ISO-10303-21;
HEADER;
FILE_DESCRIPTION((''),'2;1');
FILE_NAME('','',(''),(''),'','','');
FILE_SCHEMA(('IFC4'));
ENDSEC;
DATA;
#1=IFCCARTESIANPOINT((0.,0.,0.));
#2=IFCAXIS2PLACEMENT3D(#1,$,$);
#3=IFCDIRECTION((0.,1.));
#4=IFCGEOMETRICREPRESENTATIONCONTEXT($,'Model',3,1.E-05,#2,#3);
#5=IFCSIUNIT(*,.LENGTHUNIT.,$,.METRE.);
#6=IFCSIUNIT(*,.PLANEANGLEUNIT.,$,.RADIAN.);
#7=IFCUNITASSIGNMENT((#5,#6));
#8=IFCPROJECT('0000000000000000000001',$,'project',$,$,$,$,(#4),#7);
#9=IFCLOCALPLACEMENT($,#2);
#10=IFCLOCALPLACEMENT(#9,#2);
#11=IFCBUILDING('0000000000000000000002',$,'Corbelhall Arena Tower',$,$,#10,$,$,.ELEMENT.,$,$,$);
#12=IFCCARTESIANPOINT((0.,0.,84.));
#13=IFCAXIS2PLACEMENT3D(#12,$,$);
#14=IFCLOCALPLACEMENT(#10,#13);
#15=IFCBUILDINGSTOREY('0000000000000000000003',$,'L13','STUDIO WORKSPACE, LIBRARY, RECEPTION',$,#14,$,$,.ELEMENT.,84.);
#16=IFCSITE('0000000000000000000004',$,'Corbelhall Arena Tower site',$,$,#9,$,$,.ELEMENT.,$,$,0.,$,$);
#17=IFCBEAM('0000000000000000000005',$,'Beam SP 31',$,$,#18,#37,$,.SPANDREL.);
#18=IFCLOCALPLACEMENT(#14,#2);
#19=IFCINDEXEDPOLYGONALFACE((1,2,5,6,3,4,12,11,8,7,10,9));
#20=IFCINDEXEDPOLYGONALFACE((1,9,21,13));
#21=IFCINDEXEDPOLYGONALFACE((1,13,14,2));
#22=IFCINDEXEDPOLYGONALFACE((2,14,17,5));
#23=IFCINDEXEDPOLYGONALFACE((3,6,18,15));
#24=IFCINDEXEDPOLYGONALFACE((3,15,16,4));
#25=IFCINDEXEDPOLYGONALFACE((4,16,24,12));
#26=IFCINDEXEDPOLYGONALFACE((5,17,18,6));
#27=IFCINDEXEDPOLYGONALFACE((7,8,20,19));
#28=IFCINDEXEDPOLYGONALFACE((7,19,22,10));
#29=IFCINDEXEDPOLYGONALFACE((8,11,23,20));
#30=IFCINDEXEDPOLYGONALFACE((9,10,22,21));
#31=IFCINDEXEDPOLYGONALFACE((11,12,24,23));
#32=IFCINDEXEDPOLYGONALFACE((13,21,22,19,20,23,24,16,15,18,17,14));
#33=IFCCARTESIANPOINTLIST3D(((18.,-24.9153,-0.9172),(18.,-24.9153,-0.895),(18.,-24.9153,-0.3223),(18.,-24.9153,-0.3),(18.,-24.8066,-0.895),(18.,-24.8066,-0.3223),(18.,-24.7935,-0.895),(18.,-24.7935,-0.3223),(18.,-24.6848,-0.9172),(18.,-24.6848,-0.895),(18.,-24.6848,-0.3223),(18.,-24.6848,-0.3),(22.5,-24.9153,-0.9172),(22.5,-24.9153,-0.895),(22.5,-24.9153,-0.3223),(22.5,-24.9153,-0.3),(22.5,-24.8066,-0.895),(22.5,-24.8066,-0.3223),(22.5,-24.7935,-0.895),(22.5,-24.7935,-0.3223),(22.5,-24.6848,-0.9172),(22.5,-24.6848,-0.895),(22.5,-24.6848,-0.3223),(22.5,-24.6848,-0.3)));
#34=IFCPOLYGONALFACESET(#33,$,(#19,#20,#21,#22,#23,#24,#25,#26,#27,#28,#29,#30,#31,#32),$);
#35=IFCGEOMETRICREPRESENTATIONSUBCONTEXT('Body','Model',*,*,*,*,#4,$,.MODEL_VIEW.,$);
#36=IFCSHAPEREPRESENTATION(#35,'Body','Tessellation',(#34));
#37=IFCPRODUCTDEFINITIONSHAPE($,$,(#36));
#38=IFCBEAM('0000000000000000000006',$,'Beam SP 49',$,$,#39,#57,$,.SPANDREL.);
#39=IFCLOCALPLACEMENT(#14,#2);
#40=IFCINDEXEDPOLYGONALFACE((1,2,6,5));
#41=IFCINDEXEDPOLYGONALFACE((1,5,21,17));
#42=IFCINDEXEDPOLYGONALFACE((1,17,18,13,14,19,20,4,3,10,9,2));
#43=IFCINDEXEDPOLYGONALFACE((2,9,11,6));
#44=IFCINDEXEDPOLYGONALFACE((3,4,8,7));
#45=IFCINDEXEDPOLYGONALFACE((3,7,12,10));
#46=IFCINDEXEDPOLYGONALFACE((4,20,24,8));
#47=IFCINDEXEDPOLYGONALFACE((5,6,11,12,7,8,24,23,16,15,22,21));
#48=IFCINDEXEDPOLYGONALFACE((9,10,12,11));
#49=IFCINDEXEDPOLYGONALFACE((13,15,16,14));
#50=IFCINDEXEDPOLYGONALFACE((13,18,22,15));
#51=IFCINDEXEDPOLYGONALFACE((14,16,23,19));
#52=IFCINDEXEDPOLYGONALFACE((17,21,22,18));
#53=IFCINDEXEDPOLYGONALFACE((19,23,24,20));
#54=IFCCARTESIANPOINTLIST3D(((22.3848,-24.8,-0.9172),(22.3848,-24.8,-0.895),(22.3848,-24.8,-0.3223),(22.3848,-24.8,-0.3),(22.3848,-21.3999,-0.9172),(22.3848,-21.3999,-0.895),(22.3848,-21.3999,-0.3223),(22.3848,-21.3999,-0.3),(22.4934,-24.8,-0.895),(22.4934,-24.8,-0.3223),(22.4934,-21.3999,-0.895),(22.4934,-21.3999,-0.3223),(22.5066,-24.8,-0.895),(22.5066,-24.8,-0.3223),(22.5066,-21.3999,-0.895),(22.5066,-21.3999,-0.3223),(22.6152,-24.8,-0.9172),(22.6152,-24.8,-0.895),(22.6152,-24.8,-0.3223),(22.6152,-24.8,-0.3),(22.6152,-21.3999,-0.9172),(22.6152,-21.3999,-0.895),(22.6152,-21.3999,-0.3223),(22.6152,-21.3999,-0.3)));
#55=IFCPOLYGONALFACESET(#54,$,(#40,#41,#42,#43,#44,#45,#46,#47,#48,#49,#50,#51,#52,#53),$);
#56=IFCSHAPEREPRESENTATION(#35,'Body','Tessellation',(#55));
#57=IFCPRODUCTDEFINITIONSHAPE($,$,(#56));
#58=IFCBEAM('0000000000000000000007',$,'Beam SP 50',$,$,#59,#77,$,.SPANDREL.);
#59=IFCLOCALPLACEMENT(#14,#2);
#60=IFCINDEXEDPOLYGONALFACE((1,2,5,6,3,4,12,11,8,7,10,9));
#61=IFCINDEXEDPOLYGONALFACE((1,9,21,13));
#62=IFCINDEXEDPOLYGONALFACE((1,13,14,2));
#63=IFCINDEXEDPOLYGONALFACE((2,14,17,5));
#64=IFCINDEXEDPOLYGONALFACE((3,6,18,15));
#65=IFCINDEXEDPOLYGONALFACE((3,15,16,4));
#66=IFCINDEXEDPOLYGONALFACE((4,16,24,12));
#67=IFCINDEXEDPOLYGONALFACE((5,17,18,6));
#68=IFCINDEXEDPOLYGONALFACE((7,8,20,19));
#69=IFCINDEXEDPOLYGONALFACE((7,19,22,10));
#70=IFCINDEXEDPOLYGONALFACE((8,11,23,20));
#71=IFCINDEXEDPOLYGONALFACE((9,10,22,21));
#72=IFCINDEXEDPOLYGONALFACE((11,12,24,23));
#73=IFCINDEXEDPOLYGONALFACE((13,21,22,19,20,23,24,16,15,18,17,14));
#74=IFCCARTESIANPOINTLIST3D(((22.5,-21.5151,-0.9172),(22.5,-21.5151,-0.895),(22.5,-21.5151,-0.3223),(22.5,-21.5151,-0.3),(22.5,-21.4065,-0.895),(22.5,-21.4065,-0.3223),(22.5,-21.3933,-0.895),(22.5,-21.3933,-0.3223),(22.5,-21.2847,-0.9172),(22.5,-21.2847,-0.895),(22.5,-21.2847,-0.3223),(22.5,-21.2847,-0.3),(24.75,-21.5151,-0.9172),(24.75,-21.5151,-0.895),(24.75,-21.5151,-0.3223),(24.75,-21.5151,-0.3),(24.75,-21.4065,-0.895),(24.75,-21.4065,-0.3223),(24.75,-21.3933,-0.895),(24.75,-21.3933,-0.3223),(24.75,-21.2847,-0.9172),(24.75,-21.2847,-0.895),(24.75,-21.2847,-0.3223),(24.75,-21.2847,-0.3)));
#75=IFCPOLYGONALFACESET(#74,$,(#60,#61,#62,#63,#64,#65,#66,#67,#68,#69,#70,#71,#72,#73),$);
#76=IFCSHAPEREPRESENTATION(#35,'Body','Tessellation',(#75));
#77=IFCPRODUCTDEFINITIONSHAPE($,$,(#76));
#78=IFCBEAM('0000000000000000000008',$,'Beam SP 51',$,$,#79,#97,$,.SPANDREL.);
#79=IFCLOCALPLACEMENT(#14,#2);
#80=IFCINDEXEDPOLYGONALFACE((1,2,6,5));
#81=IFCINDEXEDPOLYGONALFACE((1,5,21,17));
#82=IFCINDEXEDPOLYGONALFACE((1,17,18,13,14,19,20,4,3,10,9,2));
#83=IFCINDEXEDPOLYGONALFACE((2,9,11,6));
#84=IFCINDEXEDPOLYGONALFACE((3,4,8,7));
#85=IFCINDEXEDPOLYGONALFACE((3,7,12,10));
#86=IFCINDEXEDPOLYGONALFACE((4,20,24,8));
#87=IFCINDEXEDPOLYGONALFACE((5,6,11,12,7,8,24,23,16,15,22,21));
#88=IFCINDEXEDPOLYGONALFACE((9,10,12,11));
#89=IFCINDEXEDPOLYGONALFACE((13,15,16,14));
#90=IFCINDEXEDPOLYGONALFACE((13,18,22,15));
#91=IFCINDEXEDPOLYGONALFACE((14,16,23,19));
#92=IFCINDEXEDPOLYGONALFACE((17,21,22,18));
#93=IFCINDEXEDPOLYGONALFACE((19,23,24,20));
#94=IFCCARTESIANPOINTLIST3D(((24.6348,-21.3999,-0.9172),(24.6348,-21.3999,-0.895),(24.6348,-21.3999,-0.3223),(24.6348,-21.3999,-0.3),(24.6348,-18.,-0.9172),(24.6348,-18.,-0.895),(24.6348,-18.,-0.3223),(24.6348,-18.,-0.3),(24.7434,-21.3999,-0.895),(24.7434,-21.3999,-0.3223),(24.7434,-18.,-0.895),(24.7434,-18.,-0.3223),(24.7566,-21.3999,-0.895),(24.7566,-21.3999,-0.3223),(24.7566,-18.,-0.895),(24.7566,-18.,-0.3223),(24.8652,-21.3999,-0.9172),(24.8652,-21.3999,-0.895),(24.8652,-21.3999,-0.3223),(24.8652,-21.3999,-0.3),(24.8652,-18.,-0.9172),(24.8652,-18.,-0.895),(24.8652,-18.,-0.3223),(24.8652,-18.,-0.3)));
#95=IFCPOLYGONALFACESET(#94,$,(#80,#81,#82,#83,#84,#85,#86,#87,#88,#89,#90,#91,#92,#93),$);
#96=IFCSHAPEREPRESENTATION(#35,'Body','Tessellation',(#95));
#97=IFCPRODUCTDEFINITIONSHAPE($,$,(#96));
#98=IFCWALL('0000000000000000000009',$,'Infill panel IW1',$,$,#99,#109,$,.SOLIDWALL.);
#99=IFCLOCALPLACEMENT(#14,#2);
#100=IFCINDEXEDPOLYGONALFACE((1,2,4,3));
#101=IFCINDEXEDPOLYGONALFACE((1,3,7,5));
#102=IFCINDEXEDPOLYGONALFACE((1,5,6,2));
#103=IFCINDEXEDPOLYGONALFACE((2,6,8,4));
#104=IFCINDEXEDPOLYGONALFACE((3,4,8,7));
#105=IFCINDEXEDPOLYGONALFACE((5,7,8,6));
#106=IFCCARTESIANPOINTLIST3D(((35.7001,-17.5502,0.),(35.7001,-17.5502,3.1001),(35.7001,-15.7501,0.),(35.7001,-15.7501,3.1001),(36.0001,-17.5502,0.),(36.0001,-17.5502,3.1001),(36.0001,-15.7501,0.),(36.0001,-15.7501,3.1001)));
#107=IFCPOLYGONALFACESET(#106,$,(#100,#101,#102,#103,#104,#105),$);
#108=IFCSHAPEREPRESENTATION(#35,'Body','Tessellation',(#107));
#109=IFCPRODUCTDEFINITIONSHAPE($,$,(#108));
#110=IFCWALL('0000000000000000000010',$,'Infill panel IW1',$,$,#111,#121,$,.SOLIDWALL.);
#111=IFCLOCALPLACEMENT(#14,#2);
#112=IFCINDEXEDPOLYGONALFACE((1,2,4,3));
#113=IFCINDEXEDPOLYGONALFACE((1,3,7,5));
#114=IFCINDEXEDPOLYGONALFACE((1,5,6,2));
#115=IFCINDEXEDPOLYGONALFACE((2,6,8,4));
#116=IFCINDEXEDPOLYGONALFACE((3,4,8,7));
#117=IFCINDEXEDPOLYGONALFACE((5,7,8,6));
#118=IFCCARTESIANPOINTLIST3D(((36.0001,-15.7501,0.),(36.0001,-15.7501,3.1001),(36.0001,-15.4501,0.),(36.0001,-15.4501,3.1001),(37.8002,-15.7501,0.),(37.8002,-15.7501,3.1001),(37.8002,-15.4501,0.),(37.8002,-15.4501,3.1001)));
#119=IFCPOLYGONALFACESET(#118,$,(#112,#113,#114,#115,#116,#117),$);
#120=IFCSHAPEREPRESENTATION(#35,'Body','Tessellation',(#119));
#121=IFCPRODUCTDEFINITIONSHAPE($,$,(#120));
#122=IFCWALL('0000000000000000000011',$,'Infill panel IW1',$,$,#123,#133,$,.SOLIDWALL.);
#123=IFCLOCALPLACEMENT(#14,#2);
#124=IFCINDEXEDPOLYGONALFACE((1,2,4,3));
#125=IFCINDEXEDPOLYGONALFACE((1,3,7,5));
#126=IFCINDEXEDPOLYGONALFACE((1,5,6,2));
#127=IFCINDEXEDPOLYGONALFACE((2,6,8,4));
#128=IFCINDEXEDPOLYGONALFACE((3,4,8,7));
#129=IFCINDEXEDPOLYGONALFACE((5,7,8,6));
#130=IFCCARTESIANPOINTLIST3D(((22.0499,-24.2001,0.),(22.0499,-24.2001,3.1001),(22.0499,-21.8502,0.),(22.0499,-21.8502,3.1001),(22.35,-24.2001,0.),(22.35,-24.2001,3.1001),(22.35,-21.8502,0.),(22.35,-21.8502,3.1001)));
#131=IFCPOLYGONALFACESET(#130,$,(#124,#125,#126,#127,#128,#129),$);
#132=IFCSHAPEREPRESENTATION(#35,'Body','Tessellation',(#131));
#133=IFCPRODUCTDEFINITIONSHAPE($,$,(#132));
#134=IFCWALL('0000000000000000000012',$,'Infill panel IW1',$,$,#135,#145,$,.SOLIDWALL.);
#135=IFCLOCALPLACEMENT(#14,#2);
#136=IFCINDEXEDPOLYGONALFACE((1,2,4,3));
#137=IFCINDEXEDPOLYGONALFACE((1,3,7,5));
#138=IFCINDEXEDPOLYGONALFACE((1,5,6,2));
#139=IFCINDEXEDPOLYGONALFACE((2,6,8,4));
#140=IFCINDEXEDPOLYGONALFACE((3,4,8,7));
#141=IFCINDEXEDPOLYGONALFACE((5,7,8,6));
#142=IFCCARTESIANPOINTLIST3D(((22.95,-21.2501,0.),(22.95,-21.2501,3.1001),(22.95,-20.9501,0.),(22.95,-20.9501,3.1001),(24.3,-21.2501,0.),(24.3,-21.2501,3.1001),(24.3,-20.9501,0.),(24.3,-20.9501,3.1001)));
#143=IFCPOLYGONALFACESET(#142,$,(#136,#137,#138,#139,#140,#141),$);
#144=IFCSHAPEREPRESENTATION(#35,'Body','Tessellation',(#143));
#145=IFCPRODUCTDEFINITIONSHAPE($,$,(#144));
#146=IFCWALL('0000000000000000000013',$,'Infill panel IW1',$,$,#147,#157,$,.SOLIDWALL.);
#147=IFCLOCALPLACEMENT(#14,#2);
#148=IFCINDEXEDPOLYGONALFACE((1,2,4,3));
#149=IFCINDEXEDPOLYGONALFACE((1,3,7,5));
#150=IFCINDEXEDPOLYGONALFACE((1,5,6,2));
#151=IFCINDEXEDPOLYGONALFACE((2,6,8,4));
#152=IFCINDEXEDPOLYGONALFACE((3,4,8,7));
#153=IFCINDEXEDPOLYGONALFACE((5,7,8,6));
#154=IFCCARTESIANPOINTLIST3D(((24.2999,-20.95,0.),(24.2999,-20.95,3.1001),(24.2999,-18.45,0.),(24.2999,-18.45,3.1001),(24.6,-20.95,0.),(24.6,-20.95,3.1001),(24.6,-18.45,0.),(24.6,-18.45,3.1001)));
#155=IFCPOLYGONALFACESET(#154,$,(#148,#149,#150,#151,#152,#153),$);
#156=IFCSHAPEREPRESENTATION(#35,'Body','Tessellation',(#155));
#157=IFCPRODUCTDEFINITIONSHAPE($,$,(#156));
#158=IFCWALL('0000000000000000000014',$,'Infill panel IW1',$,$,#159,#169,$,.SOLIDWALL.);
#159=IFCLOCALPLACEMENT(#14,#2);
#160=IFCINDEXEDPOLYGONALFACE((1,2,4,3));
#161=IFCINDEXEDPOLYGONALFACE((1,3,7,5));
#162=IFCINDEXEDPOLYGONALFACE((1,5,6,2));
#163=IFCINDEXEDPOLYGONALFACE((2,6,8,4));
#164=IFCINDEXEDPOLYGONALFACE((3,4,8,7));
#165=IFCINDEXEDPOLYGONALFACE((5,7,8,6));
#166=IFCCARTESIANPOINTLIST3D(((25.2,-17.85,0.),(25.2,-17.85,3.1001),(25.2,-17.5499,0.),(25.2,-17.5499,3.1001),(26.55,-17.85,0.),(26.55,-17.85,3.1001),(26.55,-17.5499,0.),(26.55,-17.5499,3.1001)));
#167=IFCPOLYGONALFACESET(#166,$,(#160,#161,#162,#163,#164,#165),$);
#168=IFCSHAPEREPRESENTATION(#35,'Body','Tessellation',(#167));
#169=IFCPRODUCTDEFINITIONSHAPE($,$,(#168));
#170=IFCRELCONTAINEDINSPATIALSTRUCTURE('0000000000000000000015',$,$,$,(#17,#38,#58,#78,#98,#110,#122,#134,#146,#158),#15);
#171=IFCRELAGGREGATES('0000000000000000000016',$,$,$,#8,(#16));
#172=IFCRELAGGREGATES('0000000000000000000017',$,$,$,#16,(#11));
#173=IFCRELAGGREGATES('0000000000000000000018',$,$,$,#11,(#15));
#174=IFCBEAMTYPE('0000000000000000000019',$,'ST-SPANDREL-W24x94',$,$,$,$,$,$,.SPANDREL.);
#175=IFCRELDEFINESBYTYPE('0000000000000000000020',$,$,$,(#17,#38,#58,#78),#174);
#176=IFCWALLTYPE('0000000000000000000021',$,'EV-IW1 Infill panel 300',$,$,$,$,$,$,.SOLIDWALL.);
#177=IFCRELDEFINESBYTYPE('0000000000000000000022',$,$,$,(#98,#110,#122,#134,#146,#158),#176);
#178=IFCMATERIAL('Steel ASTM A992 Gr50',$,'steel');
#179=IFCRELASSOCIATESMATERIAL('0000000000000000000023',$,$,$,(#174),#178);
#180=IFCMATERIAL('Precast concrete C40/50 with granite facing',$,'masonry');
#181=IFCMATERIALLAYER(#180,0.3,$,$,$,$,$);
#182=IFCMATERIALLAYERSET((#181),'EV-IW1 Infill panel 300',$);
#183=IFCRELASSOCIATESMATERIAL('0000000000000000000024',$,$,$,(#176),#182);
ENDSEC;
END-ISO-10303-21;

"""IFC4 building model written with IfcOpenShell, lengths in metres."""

from ifc_helpers import new_model, si_unit, direction, frame, frame_2d, origin, origin_2d, place, context, subcontext, project, spatial, rectangle, i_section, extrude, material, layer, layer_set, material_profile, profile_set, type_object, element, save


model = new_model("IFC4")

# Units and contexts
model_context = context("Model", 3, precision=1e-05, world=origin(), true_north=direction((0.0, 1.0)))
body_context = subcontext(model_context, "Body", "Model", "MODEL_VIEW")
ifc_project = project(units=[si_unit("LENGTHUNIT", "METRE"), si_unit("PLANEANGLEUNIT", "RADIAN")], contexts=[model_context])

# Site, building, storey
site_placement = place(None, origin())
site = spatial("IfcSite", under=ifc_project, at=site_placement, Name="Corbelhall Arena Tower site", CompositionType="ELEMENT", RefElevation=0.0)
building_placement = place(site_placement, origin())
building = spatial("IfcBuilding", under=site, at=building_placement, Name="Corbelhall Arena Tower", CompositionType="ELEMENT")
storey_placement = place(building_placement, frame((0.0, 0.0, 84.0)))
storey = spatial("IfcBuildingStorey", under=building, at=storey_placement, Name="L13", Description="STUDIO WORKSPACE, LIBRARY, RECEPTION", CompositionType="ELEMENT", Elevation=84.0)

# Beams
ifc_material_1 = material(Name="Steel ASTM A992 Gr50", Category="steel")
ifc_material_profile_1 = material_profile(ifc_material_1, i_section(OverallWidth=0.2305, OverallDepth=0.6172, WebThickness=0.0132, FlangeThickness=0.0222, at=origin_2d()))
ifc_profile_set_1 = profile_set([ifc_material_profile_1], Name="Steel ASTM A992 Gr50")
beam_type = type_object("IfcBeamType", Name="ST-SPANDREL-W24x94", PredefinedType="SPANDREL", material=ifc_profile_set_1)
for number, where, z_axis, x_axis, name in (
    (1, (22.5, -24.8, -0.6086), (-1.0, 0.0, 0.0), (0.0, -1.0, 0.0), "Beam SP 31"),
):
    element("IfcBeam", number, at=place(storey_placement, frame(where, z_axis=z_axis, x_axis=x_axis)), inside=storey, type_object=beam_type, Name=name, PredefinedType="SPANDREL", context=body_context, shape_type="SweptSolid", body=[
        extrude(i_section(OverallWidth=0.2305, OverallDepth=0.6172, WebThickness=0.0132, FlangeThickness=0.0222, at=origin_2d()), origin(), (0.0, 0.0, 1.0), 4.5),
    ])
beam_1_placement = place(storey_placement, frame((22.5, -21.3999, -0.6086), z_axis=(0.0, -1.0, 0.0), x_axis=(1.0, 0.0, 0.0)))
element("IfcBeam", 2, at=beam_1_placement, inside=storey, type_object=beam_type, Name="Beam SP 49", PredefinedType="SPANDREL", context=body_context, shape_type="SweptSolid", body=[
    extrude(i_section(OverallWidth=0.2305, OverallDepth=0.6172, WebThickness=0.0132, FlangeThickness=0.0222, at=origin_2d()), origin(), (0.0, 0.0, 1.0), 3.4001),
])
beam_2_placement = place(storey_placement, frame((24.75, -21.3999, -0.6086), z_axis=(-1.0, 0.0, 0.0), x_axis=(0.0, -1.0, 0.0)))
element("IfcBeam", 3, at=beam_2_placement, inside=storey, type_object=beam_type, Name="Beam SP 50", PredefinedType="SPANDREL", context=body_context, shape_type="SweptSolid", body=[
    extrude(i_section(OverallWidth=0.2305, OverallDepth=0.6172, WebThickness=0.0132, FlangeThickness=0.0222, at=origin_2d()), origin(), (0.0, 0.0, 1.0), 2.25),
])
beam_3_placement = place(storey_placement, frame((24.75, -18.0, -0.6086), z_axis=(0.0, -1.0, 0.0), x_axis=(1.0, 0.0, 0.0)))
element("IfcBeam", 4, at=beam_3_placement, inside=storey, type_object=beam_type, Name="Beam SP 51", PredefinedType="SPANDREL", context=body_context, shape_type="SweptSolid", body=[
    extrude(i_section(OverallWidth=0.2305, OverallDepth=0.6172, WebThickness=0.0132, FlangeThickness=0.0222, at=origin_2d()), origin(), (0.0, 0.0, 1.0), 3.3999),
])

# Walls
ifc_material_2 = material(Name="Precast concrete C40/50 with granite facing", Category="masonry")
ifc_layer = layer(ifc_material_2, 0.3)
ifc_layer_set = layer_set([ifc_layer], Name="EV-IW1 Infill panel 300")
wall_type = type_object("IfcWallType", Name="EV-IW1 Infill panel 300", PredefinedType="SOLIDWALL", material=ifc_layer_set)
for number, where, z_axis, x_axis, name in (
    (5, (35.8501, -17.55, 0.0), (0.0, 0.0, 1.0), (0.0, 1.0, 0.0), "Infill panel IW1"),
    (6, (37.8, -15.6001, 0.0), (0.0, 0.0, 1.0), (-1.0, 0.0, 0.0), "Infill panel IW1"),
):
    element("IfcWall", number, at=place(storey_placement, frame(where, z_axis=z_axis, x_axis=x_axis)), inside=storey, type_object=wall_type, Name=name, PredefinedType="SOLIDWALL", context=body_context, shape_type="SweptSolid", body=[
        extrude(rectangle(XDim=1.8, YDim=0.3, at=frame_2d((0.8999, 0.0))), origin(), (0.0, 0.0, 1.0), 3.1001),
    ])

# Walls
wall_1_placement = place(storey_placement, frame((22.2, -24.2, 0.0), z_axis=(0.0, 0.0, 1.0), x_axis=(0.0, 1.0, 0.0)))
element("IfcWall", 7, at=wall_1_placement, inside=storey, type_object=wall_type, Name="Infill panel IW1", PredefinedType="SOLIDWALL", context=body_context, shape_type="SweptSolid", body=[
    extrude(rectangle(XDim=2.3499, YDim=0.3, at=frame_2d((1.1748, 0.0))), origin(), (0.0, 0.0, 1.0), 3.1001),
])
wall_2_placement = place(storey_placement, frame((22.95, -21.1001, 0.0), z_axis=(0.0, 0.0, 1.0), x_axis=(1.0, 0.0, 0.0)))
element("IfcWall", 8, at=wall_2_placement, inside=storey, type_object=wall_type, Name="Infill panel IW1", PredefinedType="SOLIDWALL", context=body_context, shape_type="SweptSolid", body=[
    extrude(rectangle(XDim=1.3501, YDim=0.3, at=frame_2d((0.675, 0.0))), origin(), (0.0, 0.0, 1.0), 3.1001),
])
wall_3_placement = place(storey_placement, frame((24.45, -20.95, 0.0), z_axis=(0.0, 0.0, 1.0), x_axis=(0.0, 1.0, 0.0)))
element("IfcWall", 9, at=wall_3_placement, inside=storey, type_object=wall_type, Name="Infill panel IW1", PredefinedType="SOLIDWALL", context=body_context, shape_type="SweptSolid", body=[
    extrude(rectangle(XDim=2.5, YDim=0.3, at=frame_2d((1.25, 0.0))), origin(), (0.0, 0.0, 1.0), 3.1001),
])
wall_4_placement = place(storey_placement, frame((25.2, -17.7, 0.0), z_axis=(0.0, 0.0, 1.0), x_axis=(1.0, 0.0, 0.0)))
element("IfcWall", 10, at=wall_4_placement, inside=storey, type_object=wall_type, Name="Infill panel IW1", PredefinedType="SOLIDWALL", context=body_context, shape_type="SweptSolid", body=[
    extrude(rectangle(XDim=1.3501, YDim=0.3, at=frame_2d((0.675, 0.0))), origin(), (0.0, 0.0, 1.0), 3.1001),
])

save(model, "model.ifc")
